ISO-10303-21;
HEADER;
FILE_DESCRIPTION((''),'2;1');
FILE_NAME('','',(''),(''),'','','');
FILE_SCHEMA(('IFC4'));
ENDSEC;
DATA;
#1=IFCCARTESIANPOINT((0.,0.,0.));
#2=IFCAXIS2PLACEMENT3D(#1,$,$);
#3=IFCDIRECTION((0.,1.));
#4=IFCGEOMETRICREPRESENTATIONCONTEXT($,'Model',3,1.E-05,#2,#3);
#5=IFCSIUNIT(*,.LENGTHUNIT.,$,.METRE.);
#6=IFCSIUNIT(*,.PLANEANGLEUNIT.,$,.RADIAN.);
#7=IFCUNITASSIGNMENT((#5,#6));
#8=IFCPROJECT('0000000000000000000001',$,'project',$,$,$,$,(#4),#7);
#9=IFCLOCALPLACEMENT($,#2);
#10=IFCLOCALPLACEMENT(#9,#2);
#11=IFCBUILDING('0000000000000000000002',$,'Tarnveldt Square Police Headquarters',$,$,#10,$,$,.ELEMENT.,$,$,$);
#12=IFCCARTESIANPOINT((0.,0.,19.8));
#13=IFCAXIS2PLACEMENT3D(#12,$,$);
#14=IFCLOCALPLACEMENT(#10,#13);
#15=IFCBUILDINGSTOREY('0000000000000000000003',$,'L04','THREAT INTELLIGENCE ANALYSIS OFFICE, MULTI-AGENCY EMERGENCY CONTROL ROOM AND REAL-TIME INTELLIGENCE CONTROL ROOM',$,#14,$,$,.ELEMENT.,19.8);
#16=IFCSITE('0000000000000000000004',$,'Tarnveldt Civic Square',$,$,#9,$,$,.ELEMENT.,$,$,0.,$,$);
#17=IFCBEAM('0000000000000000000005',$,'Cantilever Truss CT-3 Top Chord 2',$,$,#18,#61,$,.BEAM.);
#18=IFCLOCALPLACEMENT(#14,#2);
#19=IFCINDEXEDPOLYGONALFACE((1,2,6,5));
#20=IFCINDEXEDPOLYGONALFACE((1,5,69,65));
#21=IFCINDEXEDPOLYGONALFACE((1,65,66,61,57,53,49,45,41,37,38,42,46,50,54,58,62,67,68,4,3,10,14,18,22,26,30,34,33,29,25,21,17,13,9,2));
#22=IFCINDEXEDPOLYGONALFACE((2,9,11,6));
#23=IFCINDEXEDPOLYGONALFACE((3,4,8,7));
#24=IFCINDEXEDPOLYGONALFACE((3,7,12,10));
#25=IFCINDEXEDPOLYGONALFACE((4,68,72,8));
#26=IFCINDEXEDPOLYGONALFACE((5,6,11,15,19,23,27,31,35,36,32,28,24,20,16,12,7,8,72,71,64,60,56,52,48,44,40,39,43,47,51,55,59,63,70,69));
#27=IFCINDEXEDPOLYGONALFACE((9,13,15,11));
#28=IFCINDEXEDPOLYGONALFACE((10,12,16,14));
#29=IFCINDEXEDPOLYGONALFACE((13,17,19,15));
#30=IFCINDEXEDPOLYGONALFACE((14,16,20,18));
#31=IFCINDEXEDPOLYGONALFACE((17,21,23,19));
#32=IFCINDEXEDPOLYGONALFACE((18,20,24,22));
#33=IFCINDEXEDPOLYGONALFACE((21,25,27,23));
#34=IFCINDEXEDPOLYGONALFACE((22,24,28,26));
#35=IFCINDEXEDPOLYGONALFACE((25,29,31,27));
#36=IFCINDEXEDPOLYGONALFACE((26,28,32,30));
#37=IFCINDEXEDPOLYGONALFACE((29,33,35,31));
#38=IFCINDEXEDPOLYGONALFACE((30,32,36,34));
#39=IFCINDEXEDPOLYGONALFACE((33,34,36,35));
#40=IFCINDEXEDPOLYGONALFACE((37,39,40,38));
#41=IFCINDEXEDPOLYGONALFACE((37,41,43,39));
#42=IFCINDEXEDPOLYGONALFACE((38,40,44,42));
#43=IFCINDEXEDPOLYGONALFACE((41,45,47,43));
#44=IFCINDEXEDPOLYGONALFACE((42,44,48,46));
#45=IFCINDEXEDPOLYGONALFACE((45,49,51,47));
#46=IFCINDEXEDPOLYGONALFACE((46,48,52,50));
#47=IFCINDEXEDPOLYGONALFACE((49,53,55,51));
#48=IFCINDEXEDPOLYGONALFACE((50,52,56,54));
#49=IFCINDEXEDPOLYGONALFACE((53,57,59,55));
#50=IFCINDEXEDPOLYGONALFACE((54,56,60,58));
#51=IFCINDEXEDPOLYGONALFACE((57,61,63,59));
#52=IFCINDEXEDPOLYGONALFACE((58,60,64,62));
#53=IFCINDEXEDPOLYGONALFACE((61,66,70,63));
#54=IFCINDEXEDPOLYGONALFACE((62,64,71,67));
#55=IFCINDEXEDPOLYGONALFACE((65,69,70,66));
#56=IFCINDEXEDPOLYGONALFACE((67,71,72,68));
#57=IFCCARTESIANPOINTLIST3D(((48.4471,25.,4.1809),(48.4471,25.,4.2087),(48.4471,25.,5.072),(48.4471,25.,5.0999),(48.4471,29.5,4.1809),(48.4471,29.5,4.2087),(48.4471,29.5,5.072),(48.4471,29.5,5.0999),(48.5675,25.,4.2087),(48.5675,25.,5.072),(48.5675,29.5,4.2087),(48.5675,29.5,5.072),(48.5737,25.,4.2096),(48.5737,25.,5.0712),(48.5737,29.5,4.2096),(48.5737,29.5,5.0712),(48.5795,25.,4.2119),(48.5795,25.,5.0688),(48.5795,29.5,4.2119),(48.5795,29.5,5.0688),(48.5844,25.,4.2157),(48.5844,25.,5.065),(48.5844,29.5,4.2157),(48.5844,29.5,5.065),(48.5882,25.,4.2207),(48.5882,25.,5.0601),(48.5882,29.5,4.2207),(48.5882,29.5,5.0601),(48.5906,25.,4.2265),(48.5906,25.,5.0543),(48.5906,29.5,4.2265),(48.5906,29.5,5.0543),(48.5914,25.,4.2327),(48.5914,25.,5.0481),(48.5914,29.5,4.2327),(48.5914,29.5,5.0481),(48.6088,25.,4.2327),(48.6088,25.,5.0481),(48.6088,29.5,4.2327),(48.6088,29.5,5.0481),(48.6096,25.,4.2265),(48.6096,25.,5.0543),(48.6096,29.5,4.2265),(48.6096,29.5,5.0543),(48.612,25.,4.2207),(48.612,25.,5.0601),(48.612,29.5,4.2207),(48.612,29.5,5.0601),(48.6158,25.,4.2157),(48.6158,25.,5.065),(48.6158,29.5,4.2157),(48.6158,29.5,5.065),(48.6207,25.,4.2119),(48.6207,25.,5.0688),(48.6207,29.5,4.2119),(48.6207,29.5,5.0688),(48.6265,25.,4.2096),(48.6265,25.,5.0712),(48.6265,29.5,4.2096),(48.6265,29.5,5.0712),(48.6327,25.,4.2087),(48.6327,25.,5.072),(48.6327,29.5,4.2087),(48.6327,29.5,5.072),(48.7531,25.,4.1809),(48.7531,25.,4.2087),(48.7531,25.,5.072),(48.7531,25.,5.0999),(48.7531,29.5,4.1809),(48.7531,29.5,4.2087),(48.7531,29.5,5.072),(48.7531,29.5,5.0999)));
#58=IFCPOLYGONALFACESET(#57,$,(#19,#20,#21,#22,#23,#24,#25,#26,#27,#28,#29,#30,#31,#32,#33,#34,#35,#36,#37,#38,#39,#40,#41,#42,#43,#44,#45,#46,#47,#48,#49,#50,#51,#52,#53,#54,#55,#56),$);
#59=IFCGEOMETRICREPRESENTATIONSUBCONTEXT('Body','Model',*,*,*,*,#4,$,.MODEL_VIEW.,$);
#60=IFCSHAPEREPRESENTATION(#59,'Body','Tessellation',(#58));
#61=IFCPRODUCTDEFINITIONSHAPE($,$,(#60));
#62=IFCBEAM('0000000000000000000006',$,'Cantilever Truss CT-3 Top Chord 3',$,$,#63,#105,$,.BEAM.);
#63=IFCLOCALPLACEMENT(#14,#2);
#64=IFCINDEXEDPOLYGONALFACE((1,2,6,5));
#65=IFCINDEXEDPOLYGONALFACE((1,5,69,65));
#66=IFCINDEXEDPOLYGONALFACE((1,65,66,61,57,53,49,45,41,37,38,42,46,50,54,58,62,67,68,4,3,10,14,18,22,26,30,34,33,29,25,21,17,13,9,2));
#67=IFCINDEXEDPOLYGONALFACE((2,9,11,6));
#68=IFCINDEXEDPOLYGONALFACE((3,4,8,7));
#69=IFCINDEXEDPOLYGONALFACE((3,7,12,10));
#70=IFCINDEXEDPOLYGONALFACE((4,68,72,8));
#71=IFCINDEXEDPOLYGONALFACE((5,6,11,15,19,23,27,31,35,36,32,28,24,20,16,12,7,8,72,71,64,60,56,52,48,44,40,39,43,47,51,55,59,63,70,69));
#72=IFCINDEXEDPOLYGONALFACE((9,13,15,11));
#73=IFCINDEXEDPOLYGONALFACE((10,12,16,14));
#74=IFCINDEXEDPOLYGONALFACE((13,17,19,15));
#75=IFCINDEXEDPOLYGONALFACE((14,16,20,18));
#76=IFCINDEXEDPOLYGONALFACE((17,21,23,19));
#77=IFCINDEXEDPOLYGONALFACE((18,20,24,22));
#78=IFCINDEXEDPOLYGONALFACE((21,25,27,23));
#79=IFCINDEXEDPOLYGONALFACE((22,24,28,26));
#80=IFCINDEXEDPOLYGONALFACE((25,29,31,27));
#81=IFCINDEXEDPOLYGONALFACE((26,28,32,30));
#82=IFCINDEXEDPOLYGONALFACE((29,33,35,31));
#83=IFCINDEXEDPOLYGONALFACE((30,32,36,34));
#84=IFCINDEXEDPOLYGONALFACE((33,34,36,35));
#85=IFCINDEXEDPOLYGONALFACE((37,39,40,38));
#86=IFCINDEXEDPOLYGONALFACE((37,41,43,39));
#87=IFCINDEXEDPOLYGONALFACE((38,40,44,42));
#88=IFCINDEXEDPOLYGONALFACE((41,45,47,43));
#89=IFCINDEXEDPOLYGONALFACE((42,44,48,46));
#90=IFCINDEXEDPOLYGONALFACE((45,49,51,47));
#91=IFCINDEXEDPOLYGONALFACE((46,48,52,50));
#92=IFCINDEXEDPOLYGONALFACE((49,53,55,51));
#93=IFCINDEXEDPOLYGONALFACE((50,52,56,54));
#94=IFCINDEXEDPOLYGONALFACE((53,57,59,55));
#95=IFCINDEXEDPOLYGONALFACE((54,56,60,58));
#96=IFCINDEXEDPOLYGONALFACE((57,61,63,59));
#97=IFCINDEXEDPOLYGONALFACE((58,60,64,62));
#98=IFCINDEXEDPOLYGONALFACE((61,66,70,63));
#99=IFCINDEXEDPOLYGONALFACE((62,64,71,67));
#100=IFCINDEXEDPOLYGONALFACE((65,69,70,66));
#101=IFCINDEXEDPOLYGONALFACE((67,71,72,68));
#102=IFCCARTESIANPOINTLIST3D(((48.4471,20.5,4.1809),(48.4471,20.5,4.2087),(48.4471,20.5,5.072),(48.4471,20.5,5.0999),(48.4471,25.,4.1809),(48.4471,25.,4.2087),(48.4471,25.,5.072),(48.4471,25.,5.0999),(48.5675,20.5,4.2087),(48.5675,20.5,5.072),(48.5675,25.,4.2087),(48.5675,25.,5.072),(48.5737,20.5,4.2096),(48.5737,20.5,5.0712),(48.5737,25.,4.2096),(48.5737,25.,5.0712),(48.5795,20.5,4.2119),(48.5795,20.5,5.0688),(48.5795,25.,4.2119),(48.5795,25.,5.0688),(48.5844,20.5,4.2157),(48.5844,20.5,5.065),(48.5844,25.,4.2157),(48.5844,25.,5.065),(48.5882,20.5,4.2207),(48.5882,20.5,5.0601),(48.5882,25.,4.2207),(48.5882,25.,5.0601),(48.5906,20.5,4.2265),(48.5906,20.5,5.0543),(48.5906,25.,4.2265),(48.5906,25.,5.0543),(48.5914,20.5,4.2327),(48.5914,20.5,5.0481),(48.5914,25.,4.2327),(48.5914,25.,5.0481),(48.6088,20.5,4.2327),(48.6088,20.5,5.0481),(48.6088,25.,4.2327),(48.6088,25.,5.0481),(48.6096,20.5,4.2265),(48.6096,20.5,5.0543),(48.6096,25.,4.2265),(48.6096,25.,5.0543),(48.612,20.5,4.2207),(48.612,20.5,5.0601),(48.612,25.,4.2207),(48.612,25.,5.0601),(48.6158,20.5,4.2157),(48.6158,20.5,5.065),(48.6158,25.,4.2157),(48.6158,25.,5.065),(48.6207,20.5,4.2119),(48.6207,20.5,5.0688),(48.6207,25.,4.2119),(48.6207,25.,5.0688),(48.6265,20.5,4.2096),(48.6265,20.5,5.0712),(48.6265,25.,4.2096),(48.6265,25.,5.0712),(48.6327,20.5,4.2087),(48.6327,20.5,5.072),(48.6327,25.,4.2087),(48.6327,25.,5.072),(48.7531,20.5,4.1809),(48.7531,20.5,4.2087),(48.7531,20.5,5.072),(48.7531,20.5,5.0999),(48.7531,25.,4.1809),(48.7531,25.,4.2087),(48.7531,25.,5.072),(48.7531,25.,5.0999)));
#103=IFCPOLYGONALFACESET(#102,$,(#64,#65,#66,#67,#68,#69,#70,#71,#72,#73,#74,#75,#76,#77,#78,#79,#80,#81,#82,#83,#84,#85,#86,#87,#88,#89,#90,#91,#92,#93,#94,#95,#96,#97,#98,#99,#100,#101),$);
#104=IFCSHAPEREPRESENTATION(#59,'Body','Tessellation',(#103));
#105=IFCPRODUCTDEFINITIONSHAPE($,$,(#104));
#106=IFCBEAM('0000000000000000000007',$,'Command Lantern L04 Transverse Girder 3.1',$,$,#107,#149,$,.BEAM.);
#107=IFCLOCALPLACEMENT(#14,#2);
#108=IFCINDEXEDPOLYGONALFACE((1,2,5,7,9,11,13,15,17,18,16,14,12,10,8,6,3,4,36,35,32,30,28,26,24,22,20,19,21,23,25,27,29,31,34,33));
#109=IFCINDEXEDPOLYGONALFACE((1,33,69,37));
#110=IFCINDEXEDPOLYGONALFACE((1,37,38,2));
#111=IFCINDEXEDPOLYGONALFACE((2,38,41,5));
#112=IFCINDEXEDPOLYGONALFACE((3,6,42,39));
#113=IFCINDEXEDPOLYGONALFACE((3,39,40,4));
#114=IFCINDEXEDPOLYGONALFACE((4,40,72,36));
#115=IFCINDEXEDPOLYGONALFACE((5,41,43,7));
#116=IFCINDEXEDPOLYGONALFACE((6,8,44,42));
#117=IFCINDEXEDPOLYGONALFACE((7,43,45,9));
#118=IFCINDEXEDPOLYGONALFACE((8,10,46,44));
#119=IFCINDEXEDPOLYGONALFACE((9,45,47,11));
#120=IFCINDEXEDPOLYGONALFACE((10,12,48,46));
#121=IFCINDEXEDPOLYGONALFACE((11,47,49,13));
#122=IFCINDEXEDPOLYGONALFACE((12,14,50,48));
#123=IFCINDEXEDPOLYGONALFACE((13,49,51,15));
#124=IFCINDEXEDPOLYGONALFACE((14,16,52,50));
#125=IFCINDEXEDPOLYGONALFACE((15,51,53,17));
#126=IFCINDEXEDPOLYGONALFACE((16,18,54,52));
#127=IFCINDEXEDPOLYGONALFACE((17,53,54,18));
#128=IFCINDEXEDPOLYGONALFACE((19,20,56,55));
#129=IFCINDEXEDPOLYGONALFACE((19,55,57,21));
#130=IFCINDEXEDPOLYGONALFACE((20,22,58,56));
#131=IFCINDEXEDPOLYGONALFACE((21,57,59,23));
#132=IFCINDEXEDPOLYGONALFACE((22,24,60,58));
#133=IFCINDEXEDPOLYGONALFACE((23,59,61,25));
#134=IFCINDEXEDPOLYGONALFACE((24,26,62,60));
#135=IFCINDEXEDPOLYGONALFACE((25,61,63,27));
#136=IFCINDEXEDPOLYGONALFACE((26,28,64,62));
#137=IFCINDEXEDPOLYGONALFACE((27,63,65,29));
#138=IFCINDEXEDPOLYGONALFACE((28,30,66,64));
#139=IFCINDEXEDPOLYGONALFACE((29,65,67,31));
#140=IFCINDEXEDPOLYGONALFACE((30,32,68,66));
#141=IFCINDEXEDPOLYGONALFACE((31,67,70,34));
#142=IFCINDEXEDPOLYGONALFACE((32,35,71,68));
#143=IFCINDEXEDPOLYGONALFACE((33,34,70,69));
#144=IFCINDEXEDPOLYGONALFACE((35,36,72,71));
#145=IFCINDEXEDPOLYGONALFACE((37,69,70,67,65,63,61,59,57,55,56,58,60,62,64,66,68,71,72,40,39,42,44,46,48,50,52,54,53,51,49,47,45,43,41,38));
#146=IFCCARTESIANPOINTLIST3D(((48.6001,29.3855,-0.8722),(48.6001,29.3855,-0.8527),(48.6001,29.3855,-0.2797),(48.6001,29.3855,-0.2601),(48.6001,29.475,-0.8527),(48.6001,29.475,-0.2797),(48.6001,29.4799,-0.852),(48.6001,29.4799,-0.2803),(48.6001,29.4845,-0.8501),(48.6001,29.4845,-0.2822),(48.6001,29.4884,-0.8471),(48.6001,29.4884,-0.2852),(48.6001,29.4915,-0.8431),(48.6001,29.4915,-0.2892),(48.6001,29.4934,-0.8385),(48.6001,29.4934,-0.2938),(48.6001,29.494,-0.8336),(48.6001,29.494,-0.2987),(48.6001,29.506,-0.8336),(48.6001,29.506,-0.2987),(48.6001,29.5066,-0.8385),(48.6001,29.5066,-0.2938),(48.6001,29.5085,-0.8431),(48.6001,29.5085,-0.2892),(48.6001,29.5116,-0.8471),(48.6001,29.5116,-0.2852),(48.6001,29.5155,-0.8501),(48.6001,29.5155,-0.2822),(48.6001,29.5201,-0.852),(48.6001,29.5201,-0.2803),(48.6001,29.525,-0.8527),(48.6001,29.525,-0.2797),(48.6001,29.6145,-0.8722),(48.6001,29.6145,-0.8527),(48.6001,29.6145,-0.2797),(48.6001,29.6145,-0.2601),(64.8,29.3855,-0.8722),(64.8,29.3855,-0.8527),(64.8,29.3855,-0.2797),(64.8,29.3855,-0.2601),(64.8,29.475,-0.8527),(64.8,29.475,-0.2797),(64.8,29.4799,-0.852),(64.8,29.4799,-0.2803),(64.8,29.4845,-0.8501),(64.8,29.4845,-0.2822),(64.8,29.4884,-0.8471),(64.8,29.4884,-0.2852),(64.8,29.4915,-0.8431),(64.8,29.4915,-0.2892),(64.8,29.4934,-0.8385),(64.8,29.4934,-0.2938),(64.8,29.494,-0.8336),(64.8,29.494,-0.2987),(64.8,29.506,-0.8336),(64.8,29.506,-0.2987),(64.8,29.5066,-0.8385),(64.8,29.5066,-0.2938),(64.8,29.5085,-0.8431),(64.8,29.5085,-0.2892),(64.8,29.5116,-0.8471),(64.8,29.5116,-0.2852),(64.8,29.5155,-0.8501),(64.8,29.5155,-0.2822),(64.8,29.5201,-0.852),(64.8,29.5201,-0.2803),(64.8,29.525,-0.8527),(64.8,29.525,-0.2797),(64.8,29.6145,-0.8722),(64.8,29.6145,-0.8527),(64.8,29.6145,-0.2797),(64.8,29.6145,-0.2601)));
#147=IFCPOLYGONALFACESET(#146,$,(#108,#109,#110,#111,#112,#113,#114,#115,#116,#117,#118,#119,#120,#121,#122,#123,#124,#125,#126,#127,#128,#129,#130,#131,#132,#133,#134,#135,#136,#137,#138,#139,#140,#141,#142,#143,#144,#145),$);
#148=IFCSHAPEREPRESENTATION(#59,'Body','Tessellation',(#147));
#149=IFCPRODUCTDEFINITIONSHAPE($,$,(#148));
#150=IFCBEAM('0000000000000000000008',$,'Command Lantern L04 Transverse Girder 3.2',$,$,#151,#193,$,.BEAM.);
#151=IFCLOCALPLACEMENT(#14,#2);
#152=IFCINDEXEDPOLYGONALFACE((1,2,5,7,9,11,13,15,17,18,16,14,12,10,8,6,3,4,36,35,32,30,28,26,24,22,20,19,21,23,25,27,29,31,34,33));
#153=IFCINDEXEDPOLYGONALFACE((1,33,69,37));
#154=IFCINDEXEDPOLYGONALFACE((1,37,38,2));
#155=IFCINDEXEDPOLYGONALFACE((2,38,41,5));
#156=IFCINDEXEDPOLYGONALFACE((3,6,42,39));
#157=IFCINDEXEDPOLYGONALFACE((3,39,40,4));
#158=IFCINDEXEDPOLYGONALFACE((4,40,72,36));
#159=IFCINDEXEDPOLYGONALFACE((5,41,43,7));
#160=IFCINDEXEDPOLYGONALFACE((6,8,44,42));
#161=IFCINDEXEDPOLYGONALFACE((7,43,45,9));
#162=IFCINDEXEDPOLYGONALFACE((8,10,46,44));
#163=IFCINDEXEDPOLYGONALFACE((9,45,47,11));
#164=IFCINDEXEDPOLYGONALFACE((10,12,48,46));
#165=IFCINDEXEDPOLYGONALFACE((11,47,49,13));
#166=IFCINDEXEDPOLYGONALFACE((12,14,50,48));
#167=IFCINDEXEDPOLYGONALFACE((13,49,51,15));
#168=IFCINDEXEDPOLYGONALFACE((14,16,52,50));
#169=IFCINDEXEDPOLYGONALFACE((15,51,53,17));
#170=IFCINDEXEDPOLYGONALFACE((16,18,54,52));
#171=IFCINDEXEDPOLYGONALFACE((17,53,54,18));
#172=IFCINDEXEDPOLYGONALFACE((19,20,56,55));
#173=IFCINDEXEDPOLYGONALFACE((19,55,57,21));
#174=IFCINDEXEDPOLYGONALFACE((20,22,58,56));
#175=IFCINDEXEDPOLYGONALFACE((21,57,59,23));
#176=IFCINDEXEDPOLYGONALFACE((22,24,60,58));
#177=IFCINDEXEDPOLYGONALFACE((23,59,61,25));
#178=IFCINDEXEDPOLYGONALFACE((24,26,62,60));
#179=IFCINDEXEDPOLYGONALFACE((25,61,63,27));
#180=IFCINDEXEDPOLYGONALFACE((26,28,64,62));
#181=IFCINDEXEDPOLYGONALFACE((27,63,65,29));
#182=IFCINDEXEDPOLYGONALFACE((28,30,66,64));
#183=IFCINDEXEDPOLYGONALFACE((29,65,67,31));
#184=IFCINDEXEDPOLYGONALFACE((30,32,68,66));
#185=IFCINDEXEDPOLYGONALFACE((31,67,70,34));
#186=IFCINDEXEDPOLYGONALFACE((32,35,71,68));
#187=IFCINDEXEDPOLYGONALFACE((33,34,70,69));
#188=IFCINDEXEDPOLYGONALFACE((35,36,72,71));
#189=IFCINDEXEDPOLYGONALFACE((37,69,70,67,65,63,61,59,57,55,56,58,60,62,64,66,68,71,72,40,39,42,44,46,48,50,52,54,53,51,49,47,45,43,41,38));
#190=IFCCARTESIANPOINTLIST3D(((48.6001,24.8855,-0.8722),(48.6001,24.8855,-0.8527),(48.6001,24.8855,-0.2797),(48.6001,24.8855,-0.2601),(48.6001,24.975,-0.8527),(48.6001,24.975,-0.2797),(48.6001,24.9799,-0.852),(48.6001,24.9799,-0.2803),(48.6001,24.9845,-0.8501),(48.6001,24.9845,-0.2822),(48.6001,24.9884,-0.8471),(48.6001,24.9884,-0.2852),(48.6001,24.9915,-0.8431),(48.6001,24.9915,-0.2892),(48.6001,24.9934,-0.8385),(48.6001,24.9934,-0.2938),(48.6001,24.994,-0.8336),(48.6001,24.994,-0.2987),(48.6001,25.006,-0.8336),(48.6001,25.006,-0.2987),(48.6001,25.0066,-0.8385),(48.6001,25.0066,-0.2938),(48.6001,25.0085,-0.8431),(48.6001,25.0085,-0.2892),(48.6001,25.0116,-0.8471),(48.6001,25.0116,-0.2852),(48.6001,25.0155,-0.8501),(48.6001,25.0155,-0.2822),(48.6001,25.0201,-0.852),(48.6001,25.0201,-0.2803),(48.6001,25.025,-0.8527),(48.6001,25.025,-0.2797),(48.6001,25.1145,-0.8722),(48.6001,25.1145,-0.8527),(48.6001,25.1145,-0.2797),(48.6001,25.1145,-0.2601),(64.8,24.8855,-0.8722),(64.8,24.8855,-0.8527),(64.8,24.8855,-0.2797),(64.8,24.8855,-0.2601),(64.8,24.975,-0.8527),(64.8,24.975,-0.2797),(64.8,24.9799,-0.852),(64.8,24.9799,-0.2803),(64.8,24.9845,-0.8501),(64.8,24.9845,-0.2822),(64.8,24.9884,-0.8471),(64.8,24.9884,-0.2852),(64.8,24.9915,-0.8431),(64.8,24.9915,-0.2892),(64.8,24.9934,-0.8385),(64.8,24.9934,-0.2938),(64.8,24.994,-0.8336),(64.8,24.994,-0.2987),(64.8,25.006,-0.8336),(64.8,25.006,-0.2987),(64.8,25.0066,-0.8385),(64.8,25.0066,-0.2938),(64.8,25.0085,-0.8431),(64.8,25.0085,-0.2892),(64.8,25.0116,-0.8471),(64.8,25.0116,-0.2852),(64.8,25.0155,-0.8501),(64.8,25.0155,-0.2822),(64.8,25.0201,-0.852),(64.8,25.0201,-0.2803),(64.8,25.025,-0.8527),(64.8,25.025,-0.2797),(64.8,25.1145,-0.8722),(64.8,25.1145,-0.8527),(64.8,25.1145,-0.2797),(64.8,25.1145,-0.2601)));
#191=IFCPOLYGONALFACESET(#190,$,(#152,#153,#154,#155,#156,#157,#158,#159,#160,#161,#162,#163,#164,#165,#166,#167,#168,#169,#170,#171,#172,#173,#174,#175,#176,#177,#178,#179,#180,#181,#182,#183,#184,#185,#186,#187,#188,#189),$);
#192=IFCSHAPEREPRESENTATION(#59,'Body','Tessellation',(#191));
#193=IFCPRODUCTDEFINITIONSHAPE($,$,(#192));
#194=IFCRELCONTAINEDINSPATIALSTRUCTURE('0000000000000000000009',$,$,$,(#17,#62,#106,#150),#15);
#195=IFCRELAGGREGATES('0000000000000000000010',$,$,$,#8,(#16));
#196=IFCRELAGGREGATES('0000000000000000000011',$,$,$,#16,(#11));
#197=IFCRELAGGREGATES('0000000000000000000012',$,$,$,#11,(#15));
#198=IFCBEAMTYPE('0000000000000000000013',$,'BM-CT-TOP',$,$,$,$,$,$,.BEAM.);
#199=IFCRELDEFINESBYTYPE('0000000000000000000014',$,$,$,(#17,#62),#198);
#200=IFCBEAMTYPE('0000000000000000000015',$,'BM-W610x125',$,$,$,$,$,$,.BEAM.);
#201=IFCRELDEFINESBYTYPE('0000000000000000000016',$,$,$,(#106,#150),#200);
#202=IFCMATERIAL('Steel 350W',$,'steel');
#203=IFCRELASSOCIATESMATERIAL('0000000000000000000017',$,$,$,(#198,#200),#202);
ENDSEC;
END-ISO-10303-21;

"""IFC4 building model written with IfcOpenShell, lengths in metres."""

from ifc_helpers import new_model, si_unit, direction, frame, origin, origin_2d, place, context, subcontext, project, spatial, i_section, extrude, material, material_profile, profile_set, type_object, element, save


model = new_model("IFC4")

# Units and contexts
model_context = context("Model", 3, precision=1e-05, world=origin(), true_north=direction((0.0, 1.0)))
body_context = subcontext(model_context, "Body", "Model", "MODEL_VIEW")
ifc_project = project(units=[si_unit("LENGTHUNIT", "METRE"), si_unit("PLANEANGLEUNIT", "RADIAN")], contexts=[model_context])

# Site, building, storey
site_placement = place(None, origin())
site = spatial("IfcSite", under=ifc_project, at=site_placement, Name="Tarnveldt Civic Square", CompositionType="ELEMENT", RefElevation=0.0)
building_placement = place(site_placement, origin())
building = spatial("IfcBuilding", under=site, at=building_placement, Name="Tarnveldt Square Police Headquarters", CompositionType="ELEMENT")
storey_placement = place(building_placement, frame((0.0, 0.0, 19.8)))
storey = spatial("IfcBuildingStorey", under=building, at=storey_placement, Name="L04", Description="THREAT INTELLIGENCE ANALYSIS OFFICE, MULTI-AGENCY EMERGENCY CONTROL ROOM AND REAL-TIME INTELLIGENCE CONTROL ROOM", CompositionType="ELEMENT", Elevation=19.8)

# Beams
ifc_material_1 = material(Name="Steel 350W", Category="steel")
ifc_material_profile_1 = material_profile(ifc_material_1, i_section(OverallWidth=0.3059, OverallDepth=0.9189, WebThickness=0.0173, FlangeThickness=0.0278, FilletRadius=0.0239, at=origin_2d()), Name="W920x253")
ifc_profile_set_1 = profile_set([ifc_material_profile_1], Name="Steel 350W")
beam_type_1 = type_object("IfcBeamType", Name="BM-CT-TOP", PredefinedType="BEAM", material=ifc_profile_set_1)
for number, where, z_axis, x_axis, name in (
    (1, (48.6001, 29.5, 4.6404), (0.0, -1.0, 0.0), (1.0, 0.0, 0.0), "Cantilever Truss CT-3 Top Chord 2"),
    (2, (48.6001, 25.0, 4.6404), (0.0, -1.0, 0.0), (1.0, 0.0, 0.0), "Cantilever Truss CT-3 Top Chord 3"),
):
    element("IfcBeam", number, at=place(storey_placement, frame(where, z_axis=z_axis, x_axis=x_axis)), inside=storey, type_object=beam_type_1, Name=name, PredefinedType="BEAM", context=body_context, shape_type="SweptSolid", body=[
        extrude(i_section(OverallWidth=0.3059, OverallDepth=0.9189, WebThickness=0.0173, FlangeThickness=0.0278, FilletRadius=0.0239, at=origin_2d()), origin(), (0.0, 0.0, 1.0), 4.5),
    ])
ifc_material_profile_2 = material_profile(ifc_material_1, i_section(OverallWidth=0.229, OverallDepth=0.6121, WebThickness=0.012, FlangeThickness=0.0195, FilletRadius=0.019, at=origin_2d()), Name="W610x125")
ifc_profile_set_2 = profile_set([ifc_material_profile_2], Name="Steel 350W")
beam_type_2 = type_object("IfcBeamType", Name="BM-W610x125", PredefinedType="BEAM", material=ifc_profile_set_2)
for number, where, z_axis, x_axis, name in (
    (3, (48.6001, 29.5, -0.5662), (1.0, 0.0, 0.0), (0.0, 1.0, 0.0), "Command Lantern L04 Transverse Girder 3.1"),
    (4, (48.6001, 25.0, -0.5662), (1.0, 0.0, 0.0), (0.0, 1.0, 0.0), "Command Lantern L04 Transverse Girder 3.2"),
):
    element("IfcBeam", number, at=place(storey_placement, frame(where, z_axis=z_axis, x_axis=x_axis)), inside=storey, type_object=beam_type_2, Name=name, PredefinedType="BEAM", context=body_context, shape_type="SweptSolid", body=[
        extrude(i_section(OverallWidth=0.229, OverallDepth=0.6121, WebThickness=0.012, FlangeThickness=0.0195, FilletRadius=0.019, at=origin_2d()), origin(), (0.0, 0.0, 1.0), 16.2),
    ])

save(model, "model.ifc")
